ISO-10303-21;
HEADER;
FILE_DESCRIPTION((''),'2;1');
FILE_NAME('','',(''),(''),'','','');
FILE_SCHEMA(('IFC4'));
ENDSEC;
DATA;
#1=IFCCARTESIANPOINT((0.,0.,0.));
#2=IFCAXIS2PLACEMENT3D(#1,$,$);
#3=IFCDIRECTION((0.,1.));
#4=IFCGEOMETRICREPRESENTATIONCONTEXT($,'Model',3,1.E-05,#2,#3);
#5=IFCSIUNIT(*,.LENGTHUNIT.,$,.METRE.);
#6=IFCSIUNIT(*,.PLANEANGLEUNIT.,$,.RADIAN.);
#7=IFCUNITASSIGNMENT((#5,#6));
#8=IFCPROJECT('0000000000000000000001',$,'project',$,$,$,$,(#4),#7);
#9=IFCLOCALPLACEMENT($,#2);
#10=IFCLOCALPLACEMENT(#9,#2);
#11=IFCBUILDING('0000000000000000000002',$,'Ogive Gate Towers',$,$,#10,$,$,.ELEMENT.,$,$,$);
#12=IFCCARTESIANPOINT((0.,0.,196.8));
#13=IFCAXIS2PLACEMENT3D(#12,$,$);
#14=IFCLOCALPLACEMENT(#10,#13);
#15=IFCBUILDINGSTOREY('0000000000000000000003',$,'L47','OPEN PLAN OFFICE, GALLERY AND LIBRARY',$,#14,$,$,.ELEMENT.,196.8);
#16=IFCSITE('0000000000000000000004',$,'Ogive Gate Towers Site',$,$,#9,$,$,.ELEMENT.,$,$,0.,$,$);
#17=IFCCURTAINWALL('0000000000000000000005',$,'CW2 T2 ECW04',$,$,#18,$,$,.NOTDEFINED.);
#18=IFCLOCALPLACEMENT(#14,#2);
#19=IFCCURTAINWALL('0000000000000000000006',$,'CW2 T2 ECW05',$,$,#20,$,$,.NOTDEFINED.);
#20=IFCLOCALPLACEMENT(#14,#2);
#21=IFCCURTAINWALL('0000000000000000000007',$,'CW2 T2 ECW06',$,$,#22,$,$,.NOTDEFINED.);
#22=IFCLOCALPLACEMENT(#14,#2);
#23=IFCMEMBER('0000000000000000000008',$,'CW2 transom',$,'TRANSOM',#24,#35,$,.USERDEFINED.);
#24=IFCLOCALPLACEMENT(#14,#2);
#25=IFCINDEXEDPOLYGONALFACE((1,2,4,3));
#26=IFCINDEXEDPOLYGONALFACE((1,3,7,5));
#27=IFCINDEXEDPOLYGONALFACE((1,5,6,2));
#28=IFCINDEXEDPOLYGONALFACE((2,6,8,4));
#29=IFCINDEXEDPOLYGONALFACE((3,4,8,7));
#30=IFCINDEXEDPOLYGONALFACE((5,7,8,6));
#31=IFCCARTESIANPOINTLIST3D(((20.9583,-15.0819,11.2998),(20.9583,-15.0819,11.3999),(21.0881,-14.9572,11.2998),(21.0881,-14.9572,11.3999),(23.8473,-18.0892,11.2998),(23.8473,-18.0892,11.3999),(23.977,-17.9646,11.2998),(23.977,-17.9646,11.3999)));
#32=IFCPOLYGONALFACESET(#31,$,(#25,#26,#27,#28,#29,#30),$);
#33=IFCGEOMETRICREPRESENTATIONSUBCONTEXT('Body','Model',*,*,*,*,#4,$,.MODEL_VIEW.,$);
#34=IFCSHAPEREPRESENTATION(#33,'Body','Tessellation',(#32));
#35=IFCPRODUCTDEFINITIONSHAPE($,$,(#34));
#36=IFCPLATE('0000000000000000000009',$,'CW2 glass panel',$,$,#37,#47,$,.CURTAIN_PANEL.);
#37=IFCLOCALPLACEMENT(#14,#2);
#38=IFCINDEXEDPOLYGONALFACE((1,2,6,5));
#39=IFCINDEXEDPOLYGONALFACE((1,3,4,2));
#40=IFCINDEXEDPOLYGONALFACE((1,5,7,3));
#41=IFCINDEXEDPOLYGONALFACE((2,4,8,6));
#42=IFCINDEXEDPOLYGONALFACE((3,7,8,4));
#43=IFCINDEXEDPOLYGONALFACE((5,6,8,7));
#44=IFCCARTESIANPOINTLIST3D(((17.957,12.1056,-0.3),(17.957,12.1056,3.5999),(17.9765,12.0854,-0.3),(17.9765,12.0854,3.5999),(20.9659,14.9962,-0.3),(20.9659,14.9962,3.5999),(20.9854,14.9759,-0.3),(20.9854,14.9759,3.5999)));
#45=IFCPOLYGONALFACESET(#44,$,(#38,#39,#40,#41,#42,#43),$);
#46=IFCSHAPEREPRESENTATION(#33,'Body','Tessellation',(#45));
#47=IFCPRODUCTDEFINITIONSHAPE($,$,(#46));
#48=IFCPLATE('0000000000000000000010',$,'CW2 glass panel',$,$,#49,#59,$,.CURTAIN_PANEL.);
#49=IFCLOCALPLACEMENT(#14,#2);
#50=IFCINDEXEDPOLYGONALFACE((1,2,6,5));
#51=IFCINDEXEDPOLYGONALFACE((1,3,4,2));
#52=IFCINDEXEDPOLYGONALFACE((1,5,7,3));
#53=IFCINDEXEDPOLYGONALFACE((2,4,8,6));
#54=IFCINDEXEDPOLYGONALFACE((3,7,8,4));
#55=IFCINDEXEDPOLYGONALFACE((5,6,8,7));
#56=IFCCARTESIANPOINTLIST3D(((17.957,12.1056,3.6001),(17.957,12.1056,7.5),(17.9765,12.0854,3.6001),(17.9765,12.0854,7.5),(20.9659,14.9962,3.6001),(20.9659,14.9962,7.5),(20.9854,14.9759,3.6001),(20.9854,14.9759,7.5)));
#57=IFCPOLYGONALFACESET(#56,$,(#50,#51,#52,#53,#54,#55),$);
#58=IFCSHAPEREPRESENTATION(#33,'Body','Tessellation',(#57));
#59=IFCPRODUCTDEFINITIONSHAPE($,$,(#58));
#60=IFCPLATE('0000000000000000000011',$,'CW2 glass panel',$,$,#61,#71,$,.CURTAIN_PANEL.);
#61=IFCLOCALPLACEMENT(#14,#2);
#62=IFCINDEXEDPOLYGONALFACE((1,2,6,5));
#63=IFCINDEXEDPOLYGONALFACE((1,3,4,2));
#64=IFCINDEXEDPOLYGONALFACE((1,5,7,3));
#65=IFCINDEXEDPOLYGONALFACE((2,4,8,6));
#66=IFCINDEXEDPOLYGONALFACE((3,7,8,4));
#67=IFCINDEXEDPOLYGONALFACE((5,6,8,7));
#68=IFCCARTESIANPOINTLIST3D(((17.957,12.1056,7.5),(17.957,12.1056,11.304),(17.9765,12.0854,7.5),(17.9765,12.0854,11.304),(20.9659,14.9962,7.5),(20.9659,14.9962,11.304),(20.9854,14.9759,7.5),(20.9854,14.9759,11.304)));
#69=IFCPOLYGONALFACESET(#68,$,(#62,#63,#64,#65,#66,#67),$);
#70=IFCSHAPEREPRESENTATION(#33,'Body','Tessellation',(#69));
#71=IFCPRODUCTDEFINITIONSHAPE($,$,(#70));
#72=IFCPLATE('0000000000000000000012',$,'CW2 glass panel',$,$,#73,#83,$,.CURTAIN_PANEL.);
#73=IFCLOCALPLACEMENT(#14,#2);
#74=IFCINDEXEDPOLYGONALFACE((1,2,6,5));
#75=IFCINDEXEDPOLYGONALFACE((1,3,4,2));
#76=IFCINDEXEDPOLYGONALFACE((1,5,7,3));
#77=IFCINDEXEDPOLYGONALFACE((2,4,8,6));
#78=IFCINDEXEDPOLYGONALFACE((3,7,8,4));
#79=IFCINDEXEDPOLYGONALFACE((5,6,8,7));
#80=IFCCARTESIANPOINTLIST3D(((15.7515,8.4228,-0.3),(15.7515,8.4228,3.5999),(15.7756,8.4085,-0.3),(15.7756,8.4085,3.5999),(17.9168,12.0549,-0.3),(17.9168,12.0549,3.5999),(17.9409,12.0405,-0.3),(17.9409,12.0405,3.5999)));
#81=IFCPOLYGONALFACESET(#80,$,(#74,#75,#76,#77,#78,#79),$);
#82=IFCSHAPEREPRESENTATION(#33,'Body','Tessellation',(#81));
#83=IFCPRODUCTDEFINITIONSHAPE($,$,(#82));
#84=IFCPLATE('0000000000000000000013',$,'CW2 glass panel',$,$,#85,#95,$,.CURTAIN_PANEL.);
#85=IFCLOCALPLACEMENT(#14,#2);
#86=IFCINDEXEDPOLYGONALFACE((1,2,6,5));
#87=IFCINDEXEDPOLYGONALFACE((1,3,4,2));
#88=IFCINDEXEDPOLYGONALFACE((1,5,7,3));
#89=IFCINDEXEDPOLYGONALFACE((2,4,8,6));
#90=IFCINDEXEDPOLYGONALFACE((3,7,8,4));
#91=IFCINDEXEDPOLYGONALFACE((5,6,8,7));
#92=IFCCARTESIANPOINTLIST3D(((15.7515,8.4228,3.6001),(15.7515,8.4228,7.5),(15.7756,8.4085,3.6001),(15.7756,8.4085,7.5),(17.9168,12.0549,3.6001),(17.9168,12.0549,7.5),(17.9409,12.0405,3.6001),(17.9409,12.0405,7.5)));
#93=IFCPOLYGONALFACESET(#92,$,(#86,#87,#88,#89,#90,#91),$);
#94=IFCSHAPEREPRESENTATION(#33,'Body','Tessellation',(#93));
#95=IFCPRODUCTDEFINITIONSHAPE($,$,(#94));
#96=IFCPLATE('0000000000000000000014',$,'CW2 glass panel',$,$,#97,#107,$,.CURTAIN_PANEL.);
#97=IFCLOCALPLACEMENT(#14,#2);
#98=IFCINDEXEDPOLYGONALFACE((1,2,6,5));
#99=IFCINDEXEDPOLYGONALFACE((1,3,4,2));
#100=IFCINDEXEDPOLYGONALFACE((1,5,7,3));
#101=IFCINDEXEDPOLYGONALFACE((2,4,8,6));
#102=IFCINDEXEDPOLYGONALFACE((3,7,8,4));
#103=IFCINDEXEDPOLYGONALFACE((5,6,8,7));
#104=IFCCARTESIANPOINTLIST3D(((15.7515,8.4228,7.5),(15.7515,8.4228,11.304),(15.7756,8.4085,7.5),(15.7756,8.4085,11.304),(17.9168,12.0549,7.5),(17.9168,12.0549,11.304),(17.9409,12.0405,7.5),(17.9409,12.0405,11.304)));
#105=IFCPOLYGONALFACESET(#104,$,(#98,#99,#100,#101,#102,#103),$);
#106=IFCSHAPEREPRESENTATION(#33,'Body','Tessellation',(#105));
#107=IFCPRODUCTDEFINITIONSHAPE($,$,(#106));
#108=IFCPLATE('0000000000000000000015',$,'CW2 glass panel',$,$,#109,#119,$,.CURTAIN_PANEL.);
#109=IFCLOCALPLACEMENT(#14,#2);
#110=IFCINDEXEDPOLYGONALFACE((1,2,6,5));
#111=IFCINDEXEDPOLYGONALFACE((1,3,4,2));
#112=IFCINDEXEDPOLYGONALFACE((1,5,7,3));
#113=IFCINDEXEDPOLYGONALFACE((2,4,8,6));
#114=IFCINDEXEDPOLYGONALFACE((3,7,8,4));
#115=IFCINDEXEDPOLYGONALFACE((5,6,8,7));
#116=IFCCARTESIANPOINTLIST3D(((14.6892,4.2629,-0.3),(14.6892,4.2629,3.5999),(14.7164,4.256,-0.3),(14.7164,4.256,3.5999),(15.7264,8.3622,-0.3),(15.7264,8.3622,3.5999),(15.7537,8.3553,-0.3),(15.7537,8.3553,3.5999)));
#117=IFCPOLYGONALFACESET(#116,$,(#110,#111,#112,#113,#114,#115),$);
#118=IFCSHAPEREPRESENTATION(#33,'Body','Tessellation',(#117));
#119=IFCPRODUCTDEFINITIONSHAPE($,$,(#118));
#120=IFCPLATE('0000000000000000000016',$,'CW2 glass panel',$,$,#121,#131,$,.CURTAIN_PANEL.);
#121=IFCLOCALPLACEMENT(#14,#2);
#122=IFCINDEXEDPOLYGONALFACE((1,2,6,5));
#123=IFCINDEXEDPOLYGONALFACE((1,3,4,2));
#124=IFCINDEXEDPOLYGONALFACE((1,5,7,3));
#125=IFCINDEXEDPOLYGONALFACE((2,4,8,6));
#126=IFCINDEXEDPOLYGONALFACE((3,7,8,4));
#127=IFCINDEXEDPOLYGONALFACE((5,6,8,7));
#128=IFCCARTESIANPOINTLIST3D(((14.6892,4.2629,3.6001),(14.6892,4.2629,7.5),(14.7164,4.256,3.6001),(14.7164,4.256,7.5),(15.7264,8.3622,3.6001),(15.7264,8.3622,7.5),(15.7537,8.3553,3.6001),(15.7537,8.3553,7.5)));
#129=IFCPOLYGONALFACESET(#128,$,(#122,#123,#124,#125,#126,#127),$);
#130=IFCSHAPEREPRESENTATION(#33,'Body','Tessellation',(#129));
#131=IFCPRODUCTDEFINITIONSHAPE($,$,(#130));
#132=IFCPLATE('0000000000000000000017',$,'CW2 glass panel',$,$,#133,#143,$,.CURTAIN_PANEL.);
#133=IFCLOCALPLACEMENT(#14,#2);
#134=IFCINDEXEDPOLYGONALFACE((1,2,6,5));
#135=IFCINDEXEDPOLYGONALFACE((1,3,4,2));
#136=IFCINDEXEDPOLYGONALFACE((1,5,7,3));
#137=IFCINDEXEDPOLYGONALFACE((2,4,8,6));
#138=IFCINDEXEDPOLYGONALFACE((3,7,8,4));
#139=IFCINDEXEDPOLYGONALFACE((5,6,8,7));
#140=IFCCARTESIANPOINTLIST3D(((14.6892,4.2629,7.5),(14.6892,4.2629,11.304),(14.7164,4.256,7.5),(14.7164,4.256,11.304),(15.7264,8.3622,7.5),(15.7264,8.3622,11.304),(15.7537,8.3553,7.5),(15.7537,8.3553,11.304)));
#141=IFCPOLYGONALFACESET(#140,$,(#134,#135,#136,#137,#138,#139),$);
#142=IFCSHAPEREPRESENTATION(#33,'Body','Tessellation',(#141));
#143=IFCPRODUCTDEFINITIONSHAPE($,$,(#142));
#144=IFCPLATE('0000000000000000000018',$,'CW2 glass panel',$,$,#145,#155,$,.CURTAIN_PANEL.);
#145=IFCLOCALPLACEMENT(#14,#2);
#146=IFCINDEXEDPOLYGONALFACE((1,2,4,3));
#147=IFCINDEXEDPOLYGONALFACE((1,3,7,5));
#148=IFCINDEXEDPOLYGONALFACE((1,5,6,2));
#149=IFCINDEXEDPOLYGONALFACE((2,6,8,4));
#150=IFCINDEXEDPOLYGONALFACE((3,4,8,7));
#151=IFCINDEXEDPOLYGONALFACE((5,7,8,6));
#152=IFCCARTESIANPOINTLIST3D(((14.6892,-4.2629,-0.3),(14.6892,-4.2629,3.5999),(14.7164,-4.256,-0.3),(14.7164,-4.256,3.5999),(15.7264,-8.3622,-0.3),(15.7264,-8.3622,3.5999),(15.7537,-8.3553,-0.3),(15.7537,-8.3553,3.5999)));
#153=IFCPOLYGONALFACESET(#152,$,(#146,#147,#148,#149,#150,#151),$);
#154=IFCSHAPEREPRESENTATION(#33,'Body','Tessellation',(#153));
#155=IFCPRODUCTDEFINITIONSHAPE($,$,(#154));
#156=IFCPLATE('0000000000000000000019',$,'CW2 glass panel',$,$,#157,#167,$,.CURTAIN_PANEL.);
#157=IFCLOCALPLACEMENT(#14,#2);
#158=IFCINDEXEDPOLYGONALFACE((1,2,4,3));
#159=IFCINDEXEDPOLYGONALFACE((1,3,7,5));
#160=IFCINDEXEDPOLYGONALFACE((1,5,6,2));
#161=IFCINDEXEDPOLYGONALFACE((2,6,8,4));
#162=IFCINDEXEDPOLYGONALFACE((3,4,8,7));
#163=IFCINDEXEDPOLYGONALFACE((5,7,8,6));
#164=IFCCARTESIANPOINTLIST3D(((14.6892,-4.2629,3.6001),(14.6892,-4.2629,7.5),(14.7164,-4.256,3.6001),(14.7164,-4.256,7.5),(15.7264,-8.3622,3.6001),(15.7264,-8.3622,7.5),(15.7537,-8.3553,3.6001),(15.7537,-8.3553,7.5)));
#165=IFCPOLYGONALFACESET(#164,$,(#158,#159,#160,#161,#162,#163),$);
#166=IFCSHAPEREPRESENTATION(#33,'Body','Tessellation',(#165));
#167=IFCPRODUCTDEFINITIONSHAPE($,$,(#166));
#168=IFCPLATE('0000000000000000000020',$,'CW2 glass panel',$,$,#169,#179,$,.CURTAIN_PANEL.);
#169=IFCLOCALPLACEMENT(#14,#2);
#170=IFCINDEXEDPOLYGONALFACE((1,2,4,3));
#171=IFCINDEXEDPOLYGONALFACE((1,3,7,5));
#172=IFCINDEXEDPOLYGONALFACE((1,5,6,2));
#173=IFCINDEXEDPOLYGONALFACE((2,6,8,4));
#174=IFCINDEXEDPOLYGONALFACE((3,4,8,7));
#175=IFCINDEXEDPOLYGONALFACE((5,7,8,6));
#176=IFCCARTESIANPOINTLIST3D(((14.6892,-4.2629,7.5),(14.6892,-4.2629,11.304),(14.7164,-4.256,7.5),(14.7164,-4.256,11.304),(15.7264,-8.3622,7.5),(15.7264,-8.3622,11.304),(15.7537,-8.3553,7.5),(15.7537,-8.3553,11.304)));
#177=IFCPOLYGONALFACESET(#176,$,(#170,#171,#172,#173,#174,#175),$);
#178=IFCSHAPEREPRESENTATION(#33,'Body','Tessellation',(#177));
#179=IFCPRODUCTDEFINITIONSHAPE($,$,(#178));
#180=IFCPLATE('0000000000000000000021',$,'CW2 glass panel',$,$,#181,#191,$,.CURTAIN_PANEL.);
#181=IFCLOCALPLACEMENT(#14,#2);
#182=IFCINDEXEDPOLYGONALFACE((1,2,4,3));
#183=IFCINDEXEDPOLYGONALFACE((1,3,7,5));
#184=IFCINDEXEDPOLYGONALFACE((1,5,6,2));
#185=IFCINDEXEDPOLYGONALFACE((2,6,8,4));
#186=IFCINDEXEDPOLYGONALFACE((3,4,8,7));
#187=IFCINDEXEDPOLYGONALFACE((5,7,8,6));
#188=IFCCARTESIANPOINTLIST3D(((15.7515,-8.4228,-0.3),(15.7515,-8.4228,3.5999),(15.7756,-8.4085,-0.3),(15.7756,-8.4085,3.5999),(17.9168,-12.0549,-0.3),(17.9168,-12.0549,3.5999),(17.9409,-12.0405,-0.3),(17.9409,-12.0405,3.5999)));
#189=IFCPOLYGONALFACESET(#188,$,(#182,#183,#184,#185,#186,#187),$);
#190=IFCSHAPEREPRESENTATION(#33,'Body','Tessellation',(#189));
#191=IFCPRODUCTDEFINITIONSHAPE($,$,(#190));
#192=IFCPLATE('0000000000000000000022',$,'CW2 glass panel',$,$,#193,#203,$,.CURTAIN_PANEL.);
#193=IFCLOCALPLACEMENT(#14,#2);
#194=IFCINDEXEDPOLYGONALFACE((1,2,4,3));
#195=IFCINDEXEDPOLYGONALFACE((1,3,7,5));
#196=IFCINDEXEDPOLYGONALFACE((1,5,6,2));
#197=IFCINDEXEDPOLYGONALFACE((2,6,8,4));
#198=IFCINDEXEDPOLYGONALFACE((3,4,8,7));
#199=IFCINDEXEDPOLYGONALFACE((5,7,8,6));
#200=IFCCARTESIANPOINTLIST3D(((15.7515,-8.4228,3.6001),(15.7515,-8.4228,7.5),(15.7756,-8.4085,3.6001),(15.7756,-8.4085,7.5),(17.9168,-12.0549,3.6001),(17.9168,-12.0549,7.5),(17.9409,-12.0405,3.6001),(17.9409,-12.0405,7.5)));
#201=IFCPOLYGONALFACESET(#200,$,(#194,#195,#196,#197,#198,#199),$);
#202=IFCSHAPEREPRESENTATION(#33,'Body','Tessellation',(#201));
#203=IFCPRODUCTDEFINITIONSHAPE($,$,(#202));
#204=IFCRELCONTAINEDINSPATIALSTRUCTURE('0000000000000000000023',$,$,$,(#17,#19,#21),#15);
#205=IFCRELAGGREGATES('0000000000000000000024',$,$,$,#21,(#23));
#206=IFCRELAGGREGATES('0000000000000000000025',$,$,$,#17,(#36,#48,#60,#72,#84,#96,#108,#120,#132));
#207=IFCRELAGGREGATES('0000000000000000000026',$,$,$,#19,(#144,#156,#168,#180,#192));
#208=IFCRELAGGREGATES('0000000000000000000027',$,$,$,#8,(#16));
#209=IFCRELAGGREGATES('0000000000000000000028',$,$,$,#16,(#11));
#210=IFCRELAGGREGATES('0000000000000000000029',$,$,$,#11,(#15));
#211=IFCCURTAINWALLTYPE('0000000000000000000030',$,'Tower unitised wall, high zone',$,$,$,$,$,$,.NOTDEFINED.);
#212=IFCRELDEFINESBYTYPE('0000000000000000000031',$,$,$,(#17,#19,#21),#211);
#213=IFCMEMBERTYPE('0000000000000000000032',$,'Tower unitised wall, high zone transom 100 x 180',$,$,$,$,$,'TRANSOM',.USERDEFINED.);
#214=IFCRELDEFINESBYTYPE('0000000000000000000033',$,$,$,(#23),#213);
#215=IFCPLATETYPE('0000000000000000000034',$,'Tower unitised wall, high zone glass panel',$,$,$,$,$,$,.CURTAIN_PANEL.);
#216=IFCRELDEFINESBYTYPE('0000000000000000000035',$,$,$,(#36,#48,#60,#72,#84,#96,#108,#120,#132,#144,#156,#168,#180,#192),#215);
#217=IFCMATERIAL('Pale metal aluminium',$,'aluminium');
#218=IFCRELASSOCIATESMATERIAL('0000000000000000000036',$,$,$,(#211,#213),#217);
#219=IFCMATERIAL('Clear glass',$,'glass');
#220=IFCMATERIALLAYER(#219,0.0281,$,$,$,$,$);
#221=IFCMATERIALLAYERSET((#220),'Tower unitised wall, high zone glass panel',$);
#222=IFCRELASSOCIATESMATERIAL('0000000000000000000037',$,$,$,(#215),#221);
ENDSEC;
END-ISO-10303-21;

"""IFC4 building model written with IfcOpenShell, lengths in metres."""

from ifc_helpers import new_model, si_unit, direction, frame, origin, origin_2d, place, context, subcontext, project, spatial, rectangle, extrude, material, layer, layer_set, material_profile, profile_set, type_object, element, aggregate, save


model = new_model("IFC4")

# Units and contexts
model_context = context("Model", 3, precision=1e-05, world=origin(), true_north=direction((0.0, 1.0)))
body_context = subcontext(model_context, "Body", "Model", "MODEL_VIEW")
ifc_project = project(units=[si_unit("LENGTHUNIT", "METRE"), si_unit("PLANEANGLEUNIT", "RADIAN")], contexts=[model_context])

# Site, building, storey
site_placement = place(None, origin())
site = spatial("IfcSite", under=ifc_project, at=site_placement, Name="Ogive Gate Towers Site", CompositionType="ELEMENT", RefElevation=0.0)
building_placement = place(site_placement, origin())
building = spatial("IfcBuilding", under=site, at=building_placement, Name="Ogive Gate Towers", CompositionType="ELEMENT")
storey_placement = place(building_placement, frame((0.0, 0.0, 196.8)))
storey = spatial("IfcBuildingStorey", under=building, at=storey_placement, Name="L47", Description="OPEN PLAN OFFICE, GALLERY AND LIBRARY", CompositionType="ELEMENT", Elevation=196.8)

# Shared definitions
ifc_material_1 = material(Name="Pale metal aluminium", Category="aluminium")
curtain_wall_type = type_object("IfcCurtainWallType", Name="Tower unitised wall, high zone", PredefinedType="NOTDEFINED", material=ifc_material_1)

# Curtain walls
curtain_wall_1_placement = place(storey_placement, origin())
curtain_wall_1 = element("IfcCurtainWall", 1, at=curtain_wall_1_placement, inside=storey, type_object=curtain_wall_type, Name="CW2 T2 ECW04", PredefinedType="NOTDEFINED")
curtain_wall_2_placement = place(storey_placement, origin())
curtain_wall_2 = element("IfcCurtainWall", 2, at=curtain_wall_2_placement, inside=storey, type_object=curtain_wall_type, Name="CW2 T2 ECW05", PredefinedType="NOTDEFINED")

# Shared definitions
ifc_material_profile_1 = material_profile(ifc_material_1, rectangle(XDim=0.1799, YDim=0.1001, at=origin_2d()), Name="100 x 180 aluminium box")
ifc_profile_set_1 = profile_set([ifc_material_profile_1], Name="Pale metal aluminium")
member_type_1 = type_object("IfcMemberType", Name="Tower unitised wall, high zone transom 100 x 180", ElementType="TRANSOM", PredefinedType="USERDEFINED", material=ifc_profile_set_1)

# Curtain wall, member
curtain_wall_3_placement = place(storey_placement, origin())
curtain_wall_3 = element("IfcCurtainWall", 3, at=curtain_wall_3_placement, inside=storey, type_object=curtain_wall_type, Name="CW2 T2 ECW06", PredefinedType="NOTDEFINED")
member_1_placement = place(storey_placement, frame((21.0232, -15.0195, 11.3499), z_axis=(0.692767, -0.721161, 0.0), x_axis=(0.721161, 0.692767, 0.0)))
member_1 = element("IfcMember", 4, at=member_1_placement, type_object=member_type_1, Name="CW2 transom", ObjectType="TRANSOM", PredefinedType="USERDEFINED", context=body_context, shape_type="SweptSolid", body=[
    extrude(rectangle(XDim=0.1799, YDim=0.1001, at=origin_2d()), origin(), (0.0, 0.0, 1.0), 4.1702),
])
aggregate(curtain_wall_3, [member_1])

# Plates
ifc_material_2 = material(Name="Clear glass", Category="glass")
ifc_layer_1 = layer(ifc_material_2, 0.0281)
ifc_layer_set_1 = layer_set([ifc_layer_1], Name="Tower unitised wall, high zone glass panel")
plate_type = type_object("IfcPlateType", Name="Tower unitised wall, high zone glass panel", PredefinedType="CURTAIN_PANEL", material=ifc_layer_set_1)
plate_1_placement = place(storey_placement, frame((19.4712, 13.5408, -0.3), z_axis=(0.0, 0.0, 1.0), x_axis=(-0.721144, -0.692785, 0.0)))
plate_1 = element("IfcPlate", 5, at=plate_1_placement, type_object=plate_type, Name="CW2 glass panel", PredefinedType="CURTAIN_PANEL", context=body_context, shape_type="SweptSolid", body=[
    extrude(rectangle(XDim=4.1724, YDim=0.0281, at=origin_2d()), origin(), (0.0, 0.0, 1.0), 3.8999),
])
plate_2_placement = place(storey_placement, frame((19.4712, 13.5408, 3.6001), z_axis=(0.0, 0.0, 1.0), x_axis=(-0.721144, -0.692785, 0.0)))
plate_2 = element("IfcPlate", 6, at=plate_2_placement, type_object=plate_type, Name="CW2 glass panel", PredefinedType="CURTAIN_PANEL", context=body_context, shape_type="SweptSolid", body=[
    extrude(rectangle(XDim=4.1724, YDim=0.0281, at=origin_2d()), origin(), (0.0, 0.0, 1.0), 3.8999),
])
plate_3_placement = place(storey_placement, frame((19.4712, 13.5408, 7.5), z_axis=(0.0, 0.0, 1.0), x_axis=(-0.721144, -0.692785, 0.0)))
plate_3 = element("IfcPlate", 7, at=plate_3_placement, type_object=plate_type, Name="CW2 glass panel", PredefinedType="CURTAIN_PANEL", context=body_context, shape_type="SweptSolid", body=[
    extrude(rectangle(XDim=4.1724, YDim=0.0281, at=origin_2d()), origin(), (0.0, 0.0, 1.0), 3.804),
])
plate_4_placement = place(storey_placement, frame((16.8462, 10.2317, -0.3), z_axis=(0.0, 0.0, 1.0), x_axis=(-0.512058, -0.858951, 0.0)))
plate_4 = element("IfcPlate", 8, at=plate_4_placement, type_object=plate_type, Name="CW2 glass panel", PredefinedType="CURTAIN_PANEL", context=body_context, shape_type="SweptSolid", body=[
    extrude(rectangle(XDim=4.2285, YDim=0.0281, at=origin_2d()), origin(), (0.0, 0.0, 1.0), 3.8999),
])
plate_5_placement = place(storey_placement, frame((16.8462, 10.2317, 3.6001), z_axis=(0.0, 0.0, 1.0), x_axis=(-0.512058, -0.858951, 0.0)))
plate_5 = element("IfcPlate", 9, at=plate_5_placement, type_object=plate_type, Name="CW2 glass panel", PredefinedType="CURTAIN_PANEL", context=body_context, shape_type="SweptSolid", body=[
    extrude(rectangle(XDim=4.2285, YDim=0.0281, at=origin_2d()), origin(), (0.0, 0.0, 1.0), 3.8999),
])
plate_6_placement = place(storey_placement, frame((16.8462, 10.2317, 7.5), z_axis=(0.0, 0.0, 1.0), x_axis=(-0.512058, -0.858951, 0.0)))
plate_6 = element("IfcPlate", 10, at=plate_6_placement, type_object=plate_type, Name="CW2 glass panel", PredefinedType="CURTAIN_PANEL", context=body_context, shape_type="SweptSolid", body=[
    extrude(rectangle(XDim=4.2285, YDim=0.0281, at=origin_2d()), origin(), (0.0, 0.0, 1.0), 3.804),
])
plate_7_placement = place(storey_placement, frame((15.2214, 6.3091, -0.3), z_axis=(0.0, 0.0, 1.0), x_axis=(-0.24529, -0.96945, 0.0)))
plate_7 = element("IfcPlate", 11, at=plate_7_placement, type_object=plate_type, Name="CW2 glass panel", PredefinedType="CURTAIN_PANEL", context=body_context, shape_type="SweptSolid", body=[
    extrude(rectangle(XDim=4.2285, YDim=0.0281, at=origin_2d()), origin(), (0.0, 0.0, 1.0), 3.8999),
])
plate_8_placement = place(storey_placement, frame((15.2214, 6.3091, 3.6001), z_axis=(0.0, 0.0, 1.0), x_axis=(-0.24529, -0.96945, 0.0)))
plate_8 = element("IfcPlate", 12, at=plate_8_placement, type_object=plate_type, Name="CW2 glass panel", PredefinedType="CURTAIN_PANEL", context=body_context, shape_type="SweptSolid", body=[
    extrude(rectangle(XDim=4.2285, YDim=0.0281, at=origin_2d()), origin(), (0.0, 0.0, 1.0), 3.8999),
])
plate_9_placement = place(storey_placement, frame((15.2214, 6.3091, 7.5), z_axis=(0.0, 0.0, 1.0), x_axis=(-0.24529, -0.96945, 0.0)))
plate_9 = element("IfcPlate", 13, at=plate_9_placement, type_object=plate_type, Name="CW2 glass panel", PredefinedType="CURTAIN_PANEL", context=body_context, shape_type="SweptSolid", body=[
    extrude(rectangle(XDim=4.2285, YDim=0.0281, at=origin_2d()), origin(), (0.0, 0.0, 1.0), 3.804),
])
aggregate(curtain_wall_1, [plate_1, plate_2, plate_3, plate_4, plate_5, plate_6, plate_7, plate_8, plate_9])
plate_10_placement = place(storey_placement, frame((15.2214, -6.3091, -0.3), z_axis=(0.0, 0.0, 1.0), x_axis=(0.24529, -0.96945, 0.0)))
plate_10 = element("IfcPlate", 14, at=plate_10_placement, type_object=plate_type, Name="CW2 glass panel", PredefinedType="CURTAIN_PANEL", context=body_context, shape_type="SweptSolid", body=[
    extrude(rectangle(XDim=4.2285, YDim=0.0281, at=origin_2d()), origin(), (0.0, 0.0, 1.0), 3.8999),
])
plate_11_placement = place(storey_placement, frame((15.2214, -6.3091, 3.6001), z_axis=(0.0, 0.0, 1.0), x_axis=(0.24529, -0.96945, 0.0)))
plate_11 = element("IfcPlate", 15, at=plate_11_placement, type_object=plate_type, Name="CW2 glass panel", PredefinedType="CURTAIN_PANEL", context=body_context, shape_type="SweptSolid", body=[
    extrude(rectangle(XDim=4.2285, YDim=0.0281, at=origin_2d()), origin(), (0.0, 0.0, 1.0), 3.8999),
])
plate_12_placement = place(storey_placement, frame((15.2214, -6.3091, 7.5), z_axis=(0.0, 0.0, 1.0), x_axis=(0.24529, -0.96945, 0.0)))
plate_12 = element("IfcPlate", 16, at=plate_12_placement, type_object=plate_type, Name="CW2 glass panel", PredefinedType="CURTAIN_PANEL", context=body_context, shape_type="SweptSolid", body=[
    extrude(rectangle(XDim=4.2285, YDim=0.0281, at=origin_2d()), origin(), (0.0, 0.0, 1.0), 3.804),
])
plate_13_placement = place(storey_placement, frame((16.8462, -10.2317, -0.3), z_axis=(0.0, 0.0, 1.0), x_axis=(0.512058, -0.858951, 0.0)))
plate_13 = element("IfcPlate", 17, at=plate_13_placement, type_object=plate_type, Name="CW2 glass panel", PredefinedType="CURTAIN_PANEL", context=body_context, shape_type="SweptSolid", body=[
    extrude(rectangle(XDim=4.2285, YDim=0.0281, at=origin_2d()), origin(), (0.0, 0.0, 1.0), 3.8999),
])
plate_14_placement = place(storey_placement, frame((16.8462, -10.2317, 3.6001), z_axis=(0.0, 0.0, 1.0), x_axis=(0.512058, -0.858951, 0.0)))
plate_14 = element("IfcPlate", 18, at=plate_14_placement, type_object=plate_type, Name="CW2 glass panel", PredefinedType="CURTAIN_PANEL", context=body_context, shape_type="SweptSolid", body=[
    extrude(rectangle(XDim=4.2285, YDim=0.0281, at=origin_2d()), origin(), (0.0, 0.0, 1.0), 3.8999),
])
aggregate(curtain_wall_2, [plate_10, plate_11, plate_12, plate_13, plate_14])

save(model, "model.ifc")
